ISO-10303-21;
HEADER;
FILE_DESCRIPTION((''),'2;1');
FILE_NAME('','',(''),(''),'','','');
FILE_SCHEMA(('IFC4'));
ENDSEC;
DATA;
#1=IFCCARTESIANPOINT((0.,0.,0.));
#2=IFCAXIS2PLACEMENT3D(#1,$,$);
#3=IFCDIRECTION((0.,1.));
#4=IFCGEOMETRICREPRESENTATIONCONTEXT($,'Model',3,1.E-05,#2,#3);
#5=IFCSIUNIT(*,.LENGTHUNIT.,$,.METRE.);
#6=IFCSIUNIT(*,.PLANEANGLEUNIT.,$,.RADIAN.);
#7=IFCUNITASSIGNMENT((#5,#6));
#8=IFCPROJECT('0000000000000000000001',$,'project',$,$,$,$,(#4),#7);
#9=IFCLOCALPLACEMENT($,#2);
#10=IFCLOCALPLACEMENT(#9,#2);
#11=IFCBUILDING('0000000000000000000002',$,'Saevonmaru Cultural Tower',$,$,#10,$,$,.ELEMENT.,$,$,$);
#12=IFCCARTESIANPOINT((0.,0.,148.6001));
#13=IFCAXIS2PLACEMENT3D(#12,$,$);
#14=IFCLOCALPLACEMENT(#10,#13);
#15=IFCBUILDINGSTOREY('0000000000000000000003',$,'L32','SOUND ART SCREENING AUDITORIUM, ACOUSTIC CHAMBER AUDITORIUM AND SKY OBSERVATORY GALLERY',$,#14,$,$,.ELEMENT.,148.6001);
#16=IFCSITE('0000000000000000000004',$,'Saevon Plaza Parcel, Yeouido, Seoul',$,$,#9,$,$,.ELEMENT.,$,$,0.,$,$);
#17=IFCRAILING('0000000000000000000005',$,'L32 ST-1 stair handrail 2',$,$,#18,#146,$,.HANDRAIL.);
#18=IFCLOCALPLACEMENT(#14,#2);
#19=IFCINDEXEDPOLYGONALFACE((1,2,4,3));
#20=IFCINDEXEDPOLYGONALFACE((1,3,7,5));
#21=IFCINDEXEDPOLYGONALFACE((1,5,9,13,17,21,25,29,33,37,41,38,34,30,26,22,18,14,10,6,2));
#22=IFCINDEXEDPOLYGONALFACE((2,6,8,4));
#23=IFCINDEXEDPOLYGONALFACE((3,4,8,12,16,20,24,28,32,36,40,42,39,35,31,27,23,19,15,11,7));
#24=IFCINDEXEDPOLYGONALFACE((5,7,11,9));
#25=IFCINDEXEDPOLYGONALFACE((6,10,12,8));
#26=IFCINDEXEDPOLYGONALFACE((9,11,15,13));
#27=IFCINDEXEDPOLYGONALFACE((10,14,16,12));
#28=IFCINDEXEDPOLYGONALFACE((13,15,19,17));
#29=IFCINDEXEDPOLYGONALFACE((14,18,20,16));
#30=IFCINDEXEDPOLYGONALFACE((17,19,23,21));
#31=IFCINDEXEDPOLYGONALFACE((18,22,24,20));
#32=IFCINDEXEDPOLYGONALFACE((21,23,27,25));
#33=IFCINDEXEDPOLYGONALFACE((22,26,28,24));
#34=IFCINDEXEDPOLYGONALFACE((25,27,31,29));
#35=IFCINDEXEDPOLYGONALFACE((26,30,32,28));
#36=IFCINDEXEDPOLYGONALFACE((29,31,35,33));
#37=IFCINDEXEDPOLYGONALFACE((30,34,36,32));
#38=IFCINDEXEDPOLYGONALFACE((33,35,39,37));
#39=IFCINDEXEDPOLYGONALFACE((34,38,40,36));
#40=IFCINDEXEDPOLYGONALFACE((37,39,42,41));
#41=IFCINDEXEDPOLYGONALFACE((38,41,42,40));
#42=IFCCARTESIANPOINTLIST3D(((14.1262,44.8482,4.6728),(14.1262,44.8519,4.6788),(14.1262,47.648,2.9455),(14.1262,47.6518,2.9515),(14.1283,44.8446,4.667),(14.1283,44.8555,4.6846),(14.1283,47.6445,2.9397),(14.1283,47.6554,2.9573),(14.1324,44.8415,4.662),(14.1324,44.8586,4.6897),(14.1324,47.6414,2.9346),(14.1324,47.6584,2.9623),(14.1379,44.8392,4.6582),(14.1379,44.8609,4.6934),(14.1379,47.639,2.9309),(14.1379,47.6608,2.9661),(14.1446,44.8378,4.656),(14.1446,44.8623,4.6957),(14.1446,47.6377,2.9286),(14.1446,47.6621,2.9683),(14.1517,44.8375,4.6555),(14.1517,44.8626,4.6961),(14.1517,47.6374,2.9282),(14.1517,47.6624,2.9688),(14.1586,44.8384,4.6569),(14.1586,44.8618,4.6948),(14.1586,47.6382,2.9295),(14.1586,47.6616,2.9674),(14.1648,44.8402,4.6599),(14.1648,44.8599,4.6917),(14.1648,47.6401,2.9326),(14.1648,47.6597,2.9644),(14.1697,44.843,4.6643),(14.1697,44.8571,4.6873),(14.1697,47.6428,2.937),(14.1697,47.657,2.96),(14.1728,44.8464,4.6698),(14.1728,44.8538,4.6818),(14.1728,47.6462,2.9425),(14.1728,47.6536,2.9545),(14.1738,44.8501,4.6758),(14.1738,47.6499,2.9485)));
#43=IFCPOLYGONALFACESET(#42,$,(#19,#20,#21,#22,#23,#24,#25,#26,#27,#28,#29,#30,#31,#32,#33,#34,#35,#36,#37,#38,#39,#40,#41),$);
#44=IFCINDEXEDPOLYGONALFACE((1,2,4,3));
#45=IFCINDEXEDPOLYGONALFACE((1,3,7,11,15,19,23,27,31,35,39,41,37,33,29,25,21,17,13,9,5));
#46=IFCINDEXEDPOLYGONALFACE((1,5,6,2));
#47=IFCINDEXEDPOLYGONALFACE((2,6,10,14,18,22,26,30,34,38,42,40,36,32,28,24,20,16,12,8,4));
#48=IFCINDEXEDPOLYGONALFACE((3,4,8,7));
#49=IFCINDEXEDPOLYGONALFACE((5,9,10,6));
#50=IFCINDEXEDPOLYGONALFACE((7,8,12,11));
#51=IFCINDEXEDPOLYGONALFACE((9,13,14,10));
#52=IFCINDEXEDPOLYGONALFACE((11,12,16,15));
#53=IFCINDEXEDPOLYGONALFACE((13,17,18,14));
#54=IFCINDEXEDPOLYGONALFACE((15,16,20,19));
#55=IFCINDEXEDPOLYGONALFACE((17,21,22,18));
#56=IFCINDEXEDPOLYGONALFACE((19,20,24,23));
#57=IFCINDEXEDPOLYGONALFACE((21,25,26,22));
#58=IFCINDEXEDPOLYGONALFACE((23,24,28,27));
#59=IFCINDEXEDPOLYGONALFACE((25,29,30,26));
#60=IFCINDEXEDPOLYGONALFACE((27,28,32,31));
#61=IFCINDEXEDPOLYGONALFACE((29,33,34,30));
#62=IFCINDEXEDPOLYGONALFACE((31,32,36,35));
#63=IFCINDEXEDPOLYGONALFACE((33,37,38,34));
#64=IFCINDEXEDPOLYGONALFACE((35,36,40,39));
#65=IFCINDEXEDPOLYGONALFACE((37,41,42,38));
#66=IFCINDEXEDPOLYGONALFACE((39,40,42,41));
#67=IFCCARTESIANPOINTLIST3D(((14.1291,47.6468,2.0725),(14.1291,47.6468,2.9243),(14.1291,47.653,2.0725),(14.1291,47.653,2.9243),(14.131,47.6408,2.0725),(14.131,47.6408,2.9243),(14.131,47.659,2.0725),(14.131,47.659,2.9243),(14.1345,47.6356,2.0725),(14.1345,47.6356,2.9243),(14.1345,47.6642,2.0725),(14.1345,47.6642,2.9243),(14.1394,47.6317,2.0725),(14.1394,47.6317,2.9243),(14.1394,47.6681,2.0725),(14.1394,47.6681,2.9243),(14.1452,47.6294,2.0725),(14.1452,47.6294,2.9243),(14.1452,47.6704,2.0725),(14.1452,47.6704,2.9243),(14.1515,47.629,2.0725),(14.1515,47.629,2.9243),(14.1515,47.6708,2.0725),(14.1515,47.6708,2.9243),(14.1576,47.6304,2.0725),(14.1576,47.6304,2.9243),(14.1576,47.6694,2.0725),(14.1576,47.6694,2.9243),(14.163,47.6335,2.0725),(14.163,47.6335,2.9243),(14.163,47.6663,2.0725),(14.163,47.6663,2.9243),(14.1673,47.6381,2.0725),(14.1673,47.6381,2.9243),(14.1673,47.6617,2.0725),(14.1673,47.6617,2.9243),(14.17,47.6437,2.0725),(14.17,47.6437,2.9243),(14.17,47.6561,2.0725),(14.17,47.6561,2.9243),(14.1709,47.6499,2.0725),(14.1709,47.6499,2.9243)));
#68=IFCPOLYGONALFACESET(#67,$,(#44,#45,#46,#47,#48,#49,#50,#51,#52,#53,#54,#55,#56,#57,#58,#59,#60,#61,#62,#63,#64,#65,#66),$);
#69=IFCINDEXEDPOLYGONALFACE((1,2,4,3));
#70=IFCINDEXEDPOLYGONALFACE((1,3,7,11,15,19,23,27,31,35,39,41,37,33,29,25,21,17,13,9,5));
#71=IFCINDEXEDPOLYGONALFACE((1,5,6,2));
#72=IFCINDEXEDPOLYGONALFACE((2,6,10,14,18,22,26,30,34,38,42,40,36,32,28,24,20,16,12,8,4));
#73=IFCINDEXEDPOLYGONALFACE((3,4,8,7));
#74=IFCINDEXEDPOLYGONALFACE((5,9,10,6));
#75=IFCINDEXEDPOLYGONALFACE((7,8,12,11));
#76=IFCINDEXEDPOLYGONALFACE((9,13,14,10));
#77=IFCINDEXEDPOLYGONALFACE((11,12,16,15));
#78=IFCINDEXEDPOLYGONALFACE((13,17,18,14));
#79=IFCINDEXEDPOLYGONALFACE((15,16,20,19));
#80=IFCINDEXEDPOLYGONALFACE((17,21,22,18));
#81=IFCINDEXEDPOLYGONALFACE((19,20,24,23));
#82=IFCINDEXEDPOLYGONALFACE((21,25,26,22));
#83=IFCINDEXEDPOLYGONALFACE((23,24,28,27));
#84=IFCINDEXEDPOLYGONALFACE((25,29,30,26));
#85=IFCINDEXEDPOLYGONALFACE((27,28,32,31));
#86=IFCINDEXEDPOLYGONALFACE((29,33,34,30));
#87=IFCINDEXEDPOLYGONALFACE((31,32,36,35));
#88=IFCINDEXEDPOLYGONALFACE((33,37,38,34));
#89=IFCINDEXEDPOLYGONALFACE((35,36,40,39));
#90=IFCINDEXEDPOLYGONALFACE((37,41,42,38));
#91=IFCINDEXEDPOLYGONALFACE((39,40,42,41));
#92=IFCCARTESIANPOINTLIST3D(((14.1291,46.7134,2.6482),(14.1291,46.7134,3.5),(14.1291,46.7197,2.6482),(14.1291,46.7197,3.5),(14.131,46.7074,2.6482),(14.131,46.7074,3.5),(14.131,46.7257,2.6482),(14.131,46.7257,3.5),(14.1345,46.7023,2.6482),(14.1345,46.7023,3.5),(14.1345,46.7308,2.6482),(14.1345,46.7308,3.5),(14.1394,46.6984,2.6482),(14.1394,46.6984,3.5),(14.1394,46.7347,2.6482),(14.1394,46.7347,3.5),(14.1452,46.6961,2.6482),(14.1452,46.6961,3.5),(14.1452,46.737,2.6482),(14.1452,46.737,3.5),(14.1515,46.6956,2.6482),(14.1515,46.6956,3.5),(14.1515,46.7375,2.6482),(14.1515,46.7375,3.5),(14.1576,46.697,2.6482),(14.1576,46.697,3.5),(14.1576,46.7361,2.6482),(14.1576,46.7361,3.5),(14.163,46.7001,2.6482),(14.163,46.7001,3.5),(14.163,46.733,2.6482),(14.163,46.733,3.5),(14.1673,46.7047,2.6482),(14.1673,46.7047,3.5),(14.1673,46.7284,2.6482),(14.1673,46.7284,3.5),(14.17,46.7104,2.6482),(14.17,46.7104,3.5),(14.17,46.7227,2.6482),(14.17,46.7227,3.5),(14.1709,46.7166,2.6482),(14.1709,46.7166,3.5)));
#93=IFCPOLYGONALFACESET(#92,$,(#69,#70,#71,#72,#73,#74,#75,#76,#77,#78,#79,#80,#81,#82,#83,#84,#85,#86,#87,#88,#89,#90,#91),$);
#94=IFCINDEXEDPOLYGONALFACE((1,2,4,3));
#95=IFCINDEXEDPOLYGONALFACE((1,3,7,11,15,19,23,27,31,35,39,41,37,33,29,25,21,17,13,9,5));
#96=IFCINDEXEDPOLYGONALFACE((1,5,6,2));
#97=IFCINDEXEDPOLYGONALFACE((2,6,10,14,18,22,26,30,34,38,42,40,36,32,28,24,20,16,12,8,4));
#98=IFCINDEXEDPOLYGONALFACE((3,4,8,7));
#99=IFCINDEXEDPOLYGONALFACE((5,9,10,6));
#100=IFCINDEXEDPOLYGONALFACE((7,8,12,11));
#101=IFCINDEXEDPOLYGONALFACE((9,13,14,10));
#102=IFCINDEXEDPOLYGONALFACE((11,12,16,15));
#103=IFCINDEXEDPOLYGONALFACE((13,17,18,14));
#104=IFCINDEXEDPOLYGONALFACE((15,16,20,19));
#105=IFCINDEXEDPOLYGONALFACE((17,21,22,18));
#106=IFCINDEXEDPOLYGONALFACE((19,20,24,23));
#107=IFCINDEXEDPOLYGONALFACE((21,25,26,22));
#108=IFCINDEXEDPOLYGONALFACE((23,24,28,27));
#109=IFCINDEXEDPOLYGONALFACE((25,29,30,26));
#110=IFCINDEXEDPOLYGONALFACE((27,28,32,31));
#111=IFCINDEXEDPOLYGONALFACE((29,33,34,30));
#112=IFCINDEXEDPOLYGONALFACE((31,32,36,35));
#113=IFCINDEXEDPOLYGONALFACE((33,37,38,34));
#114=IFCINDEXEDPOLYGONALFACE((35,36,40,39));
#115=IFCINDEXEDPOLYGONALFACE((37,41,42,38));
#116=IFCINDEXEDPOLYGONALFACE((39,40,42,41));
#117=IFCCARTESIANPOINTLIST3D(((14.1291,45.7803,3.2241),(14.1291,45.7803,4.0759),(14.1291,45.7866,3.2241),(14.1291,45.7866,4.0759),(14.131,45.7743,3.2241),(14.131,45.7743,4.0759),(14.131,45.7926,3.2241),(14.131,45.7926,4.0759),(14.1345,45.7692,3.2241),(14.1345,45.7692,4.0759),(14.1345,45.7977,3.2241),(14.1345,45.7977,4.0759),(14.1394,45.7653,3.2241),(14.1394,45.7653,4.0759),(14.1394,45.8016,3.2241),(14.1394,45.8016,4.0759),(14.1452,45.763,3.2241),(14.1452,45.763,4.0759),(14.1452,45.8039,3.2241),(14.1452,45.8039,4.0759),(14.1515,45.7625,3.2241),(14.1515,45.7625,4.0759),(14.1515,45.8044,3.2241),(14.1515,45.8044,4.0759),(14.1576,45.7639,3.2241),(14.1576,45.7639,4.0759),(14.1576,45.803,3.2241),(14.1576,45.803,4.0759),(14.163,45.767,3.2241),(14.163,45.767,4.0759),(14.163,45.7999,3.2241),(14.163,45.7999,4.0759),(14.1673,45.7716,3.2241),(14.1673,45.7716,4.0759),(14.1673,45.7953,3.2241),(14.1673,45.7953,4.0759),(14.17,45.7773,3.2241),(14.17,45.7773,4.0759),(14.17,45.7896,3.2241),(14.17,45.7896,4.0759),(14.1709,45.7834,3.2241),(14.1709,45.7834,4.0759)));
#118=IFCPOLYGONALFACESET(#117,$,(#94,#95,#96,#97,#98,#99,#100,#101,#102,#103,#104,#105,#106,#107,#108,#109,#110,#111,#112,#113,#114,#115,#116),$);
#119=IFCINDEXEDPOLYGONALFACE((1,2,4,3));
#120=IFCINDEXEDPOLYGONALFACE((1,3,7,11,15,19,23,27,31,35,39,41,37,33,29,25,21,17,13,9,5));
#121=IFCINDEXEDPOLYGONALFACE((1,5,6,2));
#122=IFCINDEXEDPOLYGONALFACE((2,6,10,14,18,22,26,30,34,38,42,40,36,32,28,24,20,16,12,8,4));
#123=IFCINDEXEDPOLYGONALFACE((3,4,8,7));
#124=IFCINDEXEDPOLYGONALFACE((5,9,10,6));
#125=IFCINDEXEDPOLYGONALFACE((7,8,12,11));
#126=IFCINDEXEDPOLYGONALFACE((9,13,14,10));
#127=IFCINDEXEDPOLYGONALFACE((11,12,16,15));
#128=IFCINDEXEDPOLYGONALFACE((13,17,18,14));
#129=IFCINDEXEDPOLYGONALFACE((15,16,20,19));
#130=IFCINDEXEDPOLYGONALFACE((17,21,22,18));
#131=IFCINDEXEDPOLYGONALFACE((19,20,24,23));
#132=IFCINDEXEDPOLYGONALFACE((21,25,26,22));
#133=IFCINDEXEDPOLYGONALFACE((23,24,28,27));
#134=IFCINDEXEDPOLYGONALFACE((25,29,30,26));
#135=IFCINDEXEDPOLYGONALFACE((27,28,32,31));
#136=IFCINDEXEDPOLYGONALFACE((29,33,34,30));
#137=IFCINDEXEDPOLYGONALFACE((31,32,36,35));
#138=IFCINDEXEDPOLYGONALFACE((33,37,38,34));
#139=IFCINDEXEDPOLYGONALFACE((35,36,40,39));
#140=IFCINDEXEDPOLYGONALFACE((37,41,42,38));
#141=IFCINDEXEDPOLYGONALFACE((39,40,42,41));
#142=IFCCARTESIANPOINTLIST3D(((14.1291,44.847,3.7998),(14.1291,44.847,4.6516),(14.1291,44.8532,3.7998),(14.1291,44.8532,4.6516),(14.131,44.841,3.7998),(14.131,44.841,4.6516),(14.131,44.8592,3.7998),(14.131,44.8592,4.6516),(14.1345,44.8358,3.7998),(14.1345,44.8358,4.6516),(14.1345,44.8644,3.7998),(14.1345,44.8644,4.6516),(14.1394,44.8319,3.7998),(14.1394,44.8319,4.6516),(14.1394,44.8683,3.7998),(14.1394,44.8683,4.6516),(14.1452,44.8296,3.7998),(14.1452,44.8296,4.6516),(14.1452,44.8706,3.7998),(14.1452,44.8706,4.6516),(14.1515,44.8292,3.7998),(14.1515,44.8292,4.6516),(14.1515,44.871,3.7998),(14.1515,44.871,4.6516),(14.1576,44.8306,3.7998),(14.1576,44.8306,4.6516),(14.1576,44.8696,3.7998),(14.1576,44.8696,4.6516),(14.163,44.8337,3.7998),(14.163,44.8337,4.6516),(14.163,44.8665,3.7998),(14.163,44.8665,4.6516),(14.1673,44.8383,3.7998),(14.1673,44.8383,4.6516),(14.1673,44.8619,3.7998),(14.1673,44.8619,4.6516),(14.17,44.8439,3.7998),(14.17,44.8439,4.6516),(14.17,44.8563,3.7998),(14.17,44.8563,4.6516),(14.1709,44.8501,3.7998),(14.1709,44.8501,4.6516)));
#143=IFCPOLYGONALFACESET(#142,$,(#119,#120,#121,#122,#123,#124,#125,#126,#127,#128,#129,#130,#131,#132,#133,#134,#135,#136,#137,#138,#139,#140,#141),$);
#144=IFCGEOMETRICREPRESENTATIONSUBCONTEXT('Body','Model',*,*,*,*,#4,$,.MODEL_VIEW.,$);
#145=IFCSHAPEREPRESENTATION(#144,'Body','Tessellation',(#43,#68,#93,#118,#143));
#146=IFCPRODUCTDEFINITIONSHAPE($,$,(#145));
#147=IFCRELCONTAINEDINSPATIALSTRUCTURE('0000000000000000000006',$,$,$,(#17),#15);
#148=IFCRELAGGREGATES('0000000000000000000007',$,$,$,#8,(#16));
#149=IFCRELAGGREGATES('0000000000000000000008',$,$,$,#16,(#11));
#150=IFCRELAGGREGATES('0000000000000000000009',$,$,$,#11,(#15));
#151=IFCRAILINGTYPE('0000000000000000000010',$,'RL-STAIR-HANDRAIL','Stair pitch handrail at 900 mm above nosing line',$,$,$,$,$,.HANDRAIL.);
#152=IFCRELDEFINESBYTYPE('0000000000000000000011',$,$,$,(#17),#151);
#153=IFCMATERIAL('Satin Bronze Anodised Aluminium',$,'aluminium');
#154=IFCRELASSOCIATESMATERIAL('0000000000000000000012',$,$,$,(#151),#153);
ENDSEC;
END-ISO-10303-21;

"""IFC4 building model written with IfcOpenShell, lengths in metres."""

from ifc_helpers import new_model, si_unit, direction, frame, origin, origin_2d, place, context, subcontext, project, spatial, circle, extrude, material, type_object, element, save


model = new_model("IFC4")

# Units and contexts
model_context = context("Model", 3, precision=1e-05, world=origin(), true_north=direction((0.0, 1.0)))
body_context = subcontext(model_context, "Body", "Model", "MODEL_VIEW")
ifc_project = project(units=[si_unit("LENGTHUNIT", "METRE"), si_unit("PLANEANGLEUNIT", "RADIAN")], contexts=[model_context])

# Site, building, storey
site_placement = place(None, origin())
site = spatial("IfcSite", under=ifc_project, at=site_placement, Name="Saevon Plaza Parcel, Yeouido, Seoul", CompositionType="ELEMENT", RefElevation=0.0)
building_placement = place(site_placement, origin())
building = spatial("IfcBuilding", under=site, at=building_placement, Name="Saevonmaru Cultural Tower", CompositionType="ELEMENT")
storey_placement = place(building_placement, frame((0.0, 0.0, 148.6001)))
storey = spatial("IfcBuildingStorey", under=building, at=storey_placement, Name="L32", Description="SOUND ART SCREENING AUDITORIUM, ACOUSTIC CHAMBER AUDITORIUM AND SKY OBSERVATORY GALLERY", CompositionType="ELEMENT", Elevation=148.6001)

# Shared definitions
ifc_material_1 = material(Name="Satin Bronze Anodised Aluminium", Category="aluminium")

# Railing
railing_type_1 = type_object("IfcRailingType", Name="RL-STAIR-HANDRAIL", Description="Stair pitch handrail at 900 mm above nosing line", PredefinedType="HANDRAIL", material=ifc_material_1)
railing_1_placement = place(storey_placement, frame((14.1499, 47.6499, 2.0725)))
element("IfcRailing", 1, at=railing_1_placement, inside=storey, type_object=railing_type_1, Name="L32 ST-1 stair handrail 2", PredefinedType="HANDRAIL", context=body_context, shape_type="SweptSolid", body=[
    extrude(circle(Radius=0.0239, at=origin_2d()), frame((0.0, 0.0, 0.876), z_axis=(0.0, -0.851069, 0.525054), x_axis=(1.0, 0.0, 0.0)), (0.0, 0.0, 1.0), 3.2898),
    extrude(circle(Radius=0.021, at=origin_2d()), origin(), (0.0, 0.0, 1.0), 0.8518),
    extrude(circle(Radius=0.021, at=origin_2d()), frame((0.0, -0.9333, 0.5757)), (0.0, 0.0, 1.0), 0.8518),
    extrude(circle(Radius=0.021, at=origin_2d()), frame((0.0, -1.8665, 1.1516)), (0.0, 0.0, 1.0), 0.8518),
    extrude(circle(Radius=0.021, at=origin_2d()), frame((0.0, -2.7998, 1.7273)), (0.0, 0.0, 1.0), 0.8518),
])

save(model, "model.ifc")
